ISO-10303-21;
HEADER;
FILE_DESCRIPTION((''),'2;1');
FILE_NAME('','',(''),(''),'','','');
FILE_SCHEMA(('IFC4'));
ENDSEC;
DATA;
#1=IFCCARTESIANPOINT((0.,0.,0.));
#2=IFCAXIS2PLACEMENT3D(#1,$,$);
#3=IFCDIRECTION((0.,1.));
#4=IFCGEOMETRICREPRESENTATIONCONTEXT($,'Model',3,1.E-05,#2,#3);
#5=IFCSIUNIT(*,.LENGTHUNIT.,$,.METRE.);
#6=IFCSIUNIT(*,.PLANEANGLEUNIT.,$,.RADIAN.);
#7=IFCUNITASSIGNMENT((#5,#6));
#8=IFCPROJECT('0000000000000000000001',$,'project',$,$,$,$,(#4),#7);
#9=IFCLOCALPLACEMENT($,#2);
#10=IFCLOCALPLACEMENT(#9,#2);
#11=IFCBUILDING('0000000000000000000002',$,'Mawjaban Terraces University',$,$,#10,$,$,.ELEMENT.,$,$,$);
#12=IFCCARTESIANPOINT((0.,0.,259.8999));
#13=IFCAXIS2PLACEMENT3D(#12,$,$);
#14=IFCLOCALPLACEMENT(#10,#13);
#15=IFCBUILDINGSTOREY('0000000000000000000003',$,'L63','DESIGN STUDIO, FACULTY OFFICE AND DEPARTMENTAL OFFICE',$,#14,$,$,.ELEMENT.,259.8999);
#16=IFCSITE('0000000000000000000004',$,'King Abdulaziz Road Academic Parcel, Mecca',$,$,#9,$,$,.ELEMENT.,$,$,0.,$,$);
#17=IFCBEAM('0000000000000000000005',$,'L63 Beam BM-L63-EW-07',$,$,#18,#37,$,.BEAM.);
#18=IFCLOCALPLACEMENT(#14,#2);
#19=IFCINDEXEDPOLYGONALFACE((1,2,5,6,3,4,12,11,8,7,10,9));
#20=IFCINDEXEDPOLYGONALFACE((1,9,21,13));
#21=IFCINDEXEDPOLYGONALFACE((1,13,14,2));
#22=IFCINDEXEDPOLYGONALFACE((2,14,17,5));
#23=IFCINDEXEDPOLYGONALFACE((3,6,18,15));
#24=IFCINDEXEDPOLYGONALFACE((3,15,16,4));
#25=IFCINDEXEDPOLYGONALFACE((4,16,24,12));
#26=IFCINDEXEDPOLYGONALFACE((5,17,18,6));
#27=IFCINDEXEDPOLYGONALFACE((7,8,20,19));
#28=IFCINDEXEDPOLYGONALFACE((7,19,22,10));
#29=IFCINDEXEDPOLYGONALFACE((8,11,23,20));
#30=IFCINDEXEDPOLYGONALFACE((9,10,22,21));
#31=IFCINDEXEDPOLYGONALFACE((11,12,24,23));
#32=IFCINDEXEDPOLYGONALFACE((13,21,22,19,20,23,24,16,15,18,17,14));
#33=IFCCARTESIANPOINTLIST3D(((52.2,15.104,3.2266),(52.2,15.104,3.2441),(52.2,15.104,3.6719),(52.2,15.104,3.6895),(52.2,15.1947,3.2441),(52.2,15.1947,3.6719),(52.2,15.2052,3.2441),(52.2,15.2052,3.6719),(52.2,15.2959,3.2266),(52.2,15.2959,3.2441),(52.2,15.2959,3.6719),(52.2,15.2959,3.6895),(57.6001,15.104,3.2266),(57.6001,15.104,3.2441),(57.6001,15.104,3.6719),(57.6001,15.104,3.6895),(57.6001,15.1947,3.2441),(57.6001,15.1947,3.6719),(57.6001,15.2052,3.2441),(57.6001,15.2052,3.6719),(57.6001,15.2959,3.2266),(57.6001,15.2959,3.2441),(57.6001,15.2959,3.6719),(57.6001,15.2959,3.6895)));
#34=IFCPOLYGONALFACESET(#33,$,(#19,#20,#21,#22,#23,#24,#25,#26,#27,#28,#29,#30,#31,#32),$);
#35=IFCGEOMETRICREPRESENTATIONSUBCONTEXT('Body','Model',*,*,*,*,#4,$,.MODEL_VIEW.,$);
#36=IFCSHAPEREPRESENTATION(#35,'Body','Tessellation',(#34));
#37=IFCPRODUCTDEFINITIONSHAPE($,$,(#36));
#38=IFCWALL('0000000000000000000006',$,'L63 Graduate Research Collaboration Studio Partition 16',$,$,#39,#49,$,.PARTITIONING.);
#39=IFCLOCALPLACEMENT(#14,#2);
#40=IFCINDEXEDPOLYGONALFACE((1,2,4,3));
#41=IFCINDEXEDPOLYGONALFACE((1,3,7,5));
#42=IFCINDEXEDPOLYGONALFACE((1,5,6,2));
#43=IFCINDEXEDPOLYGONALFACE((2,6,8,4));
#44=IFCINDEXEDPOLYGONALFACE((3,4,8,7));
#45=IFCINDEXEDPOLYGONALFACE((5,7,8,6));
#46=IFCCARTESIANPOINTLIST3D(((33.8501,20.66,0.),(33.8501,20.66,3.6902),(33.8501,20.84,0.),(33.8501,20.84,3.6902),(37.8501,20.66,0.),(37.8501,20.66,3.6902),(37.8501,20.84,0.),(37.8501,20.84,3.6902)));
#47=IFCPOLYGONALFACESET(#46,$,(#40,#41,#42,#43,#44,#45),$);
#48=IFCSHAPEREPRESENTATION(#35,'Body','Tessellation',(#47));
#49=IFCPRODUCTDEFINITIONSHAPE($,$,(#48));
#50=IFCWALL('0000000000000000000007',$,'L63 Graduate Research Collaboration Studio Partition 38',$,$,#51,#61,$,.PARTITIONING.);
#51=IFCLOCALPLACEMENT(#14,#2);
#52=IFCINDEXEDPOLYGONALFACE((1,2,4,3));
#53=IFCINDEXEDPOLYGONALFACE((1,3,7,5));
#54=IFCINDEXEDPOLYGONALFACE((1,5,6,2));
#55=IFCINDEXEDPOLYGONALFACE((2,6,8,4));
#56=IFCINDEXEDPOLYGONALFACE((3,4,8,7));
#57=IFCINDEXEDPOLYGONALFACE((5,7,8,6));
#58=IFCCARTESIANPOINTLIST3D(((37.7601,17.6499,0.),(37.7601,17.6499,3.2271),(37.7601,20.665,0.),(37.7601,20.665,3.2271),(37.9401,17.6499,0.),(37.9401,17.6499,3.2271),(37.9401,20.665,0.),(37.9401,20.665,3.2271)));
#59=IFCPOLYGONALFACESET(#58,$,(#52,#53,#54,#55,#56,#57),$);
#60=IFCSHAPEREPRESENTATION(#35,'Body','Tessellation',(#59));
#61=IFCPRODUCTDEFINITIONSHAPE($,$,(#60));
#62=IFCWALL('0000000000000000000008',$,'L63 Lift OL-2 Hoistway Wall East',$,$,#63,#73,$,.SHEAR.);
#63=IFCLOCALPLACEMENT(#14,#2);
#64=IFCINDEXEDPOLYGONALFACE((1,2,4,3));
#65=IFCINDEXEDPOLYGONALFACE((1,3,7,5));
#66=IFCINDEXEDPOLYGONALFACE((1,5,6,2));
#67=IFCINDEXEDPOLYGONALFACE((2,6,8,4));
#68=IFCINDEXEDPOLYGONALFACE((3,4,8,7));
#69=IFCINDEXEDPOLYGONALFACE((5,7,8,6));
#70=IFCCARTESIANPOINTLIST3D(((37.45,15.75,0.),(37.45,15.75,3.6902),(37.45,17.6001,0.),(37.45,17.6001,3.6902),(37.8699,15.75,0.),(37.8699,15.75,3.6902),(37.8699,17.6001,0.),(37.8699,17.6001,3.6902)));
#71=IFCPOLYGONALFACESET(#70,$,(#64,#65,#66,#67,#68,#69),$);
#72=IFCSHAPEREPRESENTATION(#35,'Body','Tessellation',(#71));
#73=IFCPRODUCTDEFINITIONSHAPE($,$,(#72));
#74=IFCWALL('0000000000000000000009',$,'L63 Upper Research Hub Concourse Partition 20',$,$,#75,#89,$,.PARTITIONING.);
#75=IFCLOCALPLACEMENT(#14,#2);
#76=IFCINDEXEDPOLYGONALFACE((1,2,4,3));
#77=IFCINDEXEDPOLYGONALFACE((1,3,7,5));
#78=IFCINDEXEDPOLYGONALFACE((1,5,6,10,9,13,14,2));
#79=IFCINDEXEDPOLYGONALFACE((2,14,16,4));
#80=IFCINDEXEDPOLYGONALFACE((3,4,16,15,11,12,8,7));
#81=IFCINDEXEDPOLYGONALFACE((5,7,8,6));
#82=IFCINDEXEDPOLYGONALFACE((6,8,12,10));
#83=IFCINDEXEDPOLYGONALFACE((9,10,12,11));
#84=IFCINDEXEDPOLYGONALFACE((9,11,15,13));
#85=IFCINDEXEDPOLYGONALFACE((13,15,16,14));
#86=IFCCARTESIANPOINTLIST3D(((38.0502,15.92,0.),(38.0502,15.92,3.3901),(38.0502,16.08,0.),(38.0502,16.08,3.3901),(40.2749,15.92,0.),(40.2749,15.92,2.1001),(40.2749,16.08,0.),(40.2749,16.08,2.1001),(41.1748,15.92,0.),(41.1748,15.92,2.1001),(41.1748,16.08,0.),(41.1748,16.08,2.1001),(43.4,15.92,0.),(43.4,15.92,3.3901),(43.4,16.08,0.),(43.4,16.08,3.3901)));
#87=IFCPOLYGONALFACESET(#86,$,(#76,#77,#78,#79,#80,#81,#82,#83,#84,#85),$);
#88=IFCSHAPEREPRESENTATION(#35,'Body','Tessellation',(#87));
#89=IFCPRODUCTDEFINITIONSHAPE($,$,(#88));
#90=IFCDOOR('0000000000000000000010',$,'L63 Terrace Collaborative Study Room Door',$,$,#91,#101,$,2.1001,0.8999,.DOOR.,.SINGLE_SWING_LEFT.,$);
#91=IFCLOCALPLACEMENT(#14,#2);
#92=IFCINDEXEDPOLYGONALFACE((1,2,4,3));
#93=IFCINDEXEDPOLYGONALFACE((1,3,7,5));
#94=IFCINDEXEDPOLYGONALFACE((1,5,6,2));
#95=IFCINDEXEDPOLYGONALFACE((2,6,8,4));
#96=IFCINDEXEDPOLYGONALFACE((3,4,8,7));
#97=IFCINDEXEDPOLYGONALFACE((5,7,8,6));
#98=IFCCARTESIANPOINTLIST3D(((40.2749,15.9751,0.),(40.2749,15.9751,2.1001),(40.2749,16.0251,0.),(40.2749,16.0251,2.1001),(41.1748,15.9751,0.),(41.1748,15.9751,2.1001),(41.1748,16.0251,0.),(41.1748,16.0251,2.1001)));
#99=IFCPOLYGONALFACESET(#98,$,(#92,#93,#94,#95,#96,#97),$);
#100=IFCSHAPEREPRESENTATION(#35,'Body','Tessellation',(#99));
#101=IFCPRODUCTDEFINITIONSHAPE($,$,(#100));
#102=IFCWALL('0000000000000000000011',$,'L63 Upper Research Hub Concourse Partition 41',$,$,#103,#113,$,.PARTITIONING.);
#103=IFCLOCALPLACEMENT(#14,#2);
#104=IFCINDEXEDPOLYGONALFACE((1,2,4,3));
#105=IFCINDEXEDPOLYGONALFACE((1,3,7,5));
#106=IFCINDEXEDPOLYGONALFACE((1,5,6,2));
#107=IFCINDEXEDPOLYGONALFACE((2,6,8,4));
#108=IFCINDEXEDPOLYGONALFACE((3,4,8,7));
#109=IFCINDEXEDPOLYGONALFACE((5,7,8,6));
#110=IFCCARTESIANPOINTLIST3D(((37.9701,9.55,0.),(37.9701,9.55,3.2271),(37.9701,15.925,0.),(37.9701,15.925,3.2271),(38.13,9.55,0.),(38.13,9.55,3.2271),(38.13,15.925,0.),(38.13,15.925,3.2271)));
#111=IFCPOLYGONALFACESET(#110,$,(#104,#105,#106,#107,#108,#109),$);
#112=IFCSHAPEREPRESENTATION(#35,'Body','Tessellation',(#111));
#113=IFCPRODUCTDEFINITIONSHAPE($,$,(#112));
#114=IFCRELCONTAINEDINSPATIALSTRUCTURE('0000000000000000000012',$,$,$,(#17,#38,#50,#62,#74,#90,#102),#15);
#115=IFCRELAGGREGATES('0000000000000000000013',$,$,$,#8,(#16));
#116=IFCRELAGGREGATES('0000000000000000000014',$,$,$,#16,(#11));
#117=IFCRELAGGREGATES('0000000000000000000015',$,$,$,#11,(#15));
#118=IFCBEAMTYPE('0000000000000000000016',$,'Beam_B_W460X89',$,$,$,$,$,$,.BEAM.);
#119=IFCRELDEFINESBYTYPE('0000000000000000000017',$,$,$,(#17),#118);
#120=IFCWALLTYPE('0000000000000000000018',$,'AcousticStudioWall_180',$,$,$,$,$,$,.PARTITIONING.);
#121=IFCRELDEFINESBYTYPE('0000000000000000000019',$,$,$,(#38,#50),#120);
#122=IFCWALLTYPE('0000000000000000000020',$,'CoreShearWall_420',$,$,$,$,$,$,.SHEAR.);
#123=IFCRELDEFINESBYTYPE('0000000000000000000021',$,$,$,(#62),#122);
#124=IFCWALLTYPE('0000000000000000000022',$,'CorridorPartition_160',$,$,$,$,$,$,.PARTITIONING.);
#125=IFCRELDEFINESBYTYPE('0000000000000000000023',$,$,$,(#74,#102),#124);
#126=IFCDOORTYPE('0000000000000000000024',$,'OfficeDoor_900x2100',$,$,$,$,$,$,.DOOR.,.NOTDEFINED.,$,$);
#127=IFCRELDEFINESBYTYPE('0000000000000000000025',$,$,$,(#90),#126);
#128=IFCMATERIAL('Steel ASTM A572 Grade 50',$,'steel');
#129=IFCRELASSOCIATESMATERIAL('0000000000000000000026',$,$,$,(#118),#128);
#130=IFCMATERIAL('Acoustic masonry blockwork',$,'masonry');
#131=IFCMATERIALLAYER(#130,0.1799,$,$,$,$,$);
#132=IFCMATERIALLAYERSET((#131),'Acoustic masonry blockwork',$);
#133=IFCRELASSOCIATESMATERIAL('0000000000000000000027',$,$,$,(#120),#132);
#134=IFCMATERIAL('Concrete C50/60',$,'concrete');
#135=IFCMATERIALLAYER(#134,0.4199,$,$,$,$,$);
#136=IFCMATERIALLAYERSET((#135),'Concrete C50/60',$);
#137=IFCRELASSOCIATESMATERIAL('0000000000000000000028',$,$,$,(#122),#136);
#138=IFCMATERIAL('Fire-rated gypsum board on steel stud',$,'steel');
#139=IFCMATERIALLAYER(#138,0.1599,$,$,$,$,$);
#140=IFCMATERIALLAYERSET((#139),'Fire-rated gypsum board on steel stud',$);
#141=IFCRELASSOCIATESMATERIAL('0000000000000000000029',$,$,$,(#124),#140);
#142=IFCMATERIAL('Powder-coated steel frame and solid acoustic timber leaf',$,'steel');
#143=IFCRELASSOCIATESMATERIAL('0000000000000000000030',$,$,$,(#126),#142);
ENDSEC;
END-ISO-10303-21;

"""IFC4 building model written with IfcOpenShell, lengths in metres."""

from ifc_helpers import new_model, si_unit, direction, frame, frame_2d, origin, origin_2d, place, context, subcontext, project, spatial, rectangle, i_section, extrude, material, layer, layer_set, material_profile, profile_set, type_object, element, fill, save


model = new_model("IFC4")

# Units and contexts
model_context = context("Model", 3, precision=1e-05, world=origin(), true_north=direction((0.0, 1.0)))
body_context = subcontext(model_context, "Body", "Model", "MODEL_VIEW")
ifc_project = project(units=[si_unit("LENGTHUNIT", "METRE"), si_unit("PLANEANGLEUNIT", "RADIAN")], contexts=[model_context])

# Site, building, storey
site_placement = place(None, origin())
site = spatial("IfcSite", under=ifc_project, at=site_placement, Name="King Abdulaziz Road Academic Parcel, Mecca", CompositionType="ELEMENT", RefElevation=0.0)
building_placement = place(site_placement, origin())
building = spatial("IfcBuilding", under=site, at=building_placement, Name="Mawjaban Terraces University", CompositionType="ELEMENT")
storey_placement = place(building_placement, frame((0.0, 0.0, 259.8999)))
storey = spatial("IfcBuildingStorey", under=building, at=storey_placement, Name="L63", Description="DESIGN STUDIO, FACULTY OFFICE AND DEPARTMENTAL OFFICE", CompositionType="ELEMENT", Elevation=259.8999)

# Shared definitions
ifc_material_1 = material(Name="Concrete C50/60", Category="concrete")

# Beam
ifc_material_2 = material(Name="Steel ASTM A572 Grade 50", Category="steel")
ifc_material_profile_1 = material_profile(ifc_material_2, i_section(OverallWidth=0.1919, OverallDepth=0.4629, WebThickness=0.0105, FlangeThickness=0.0176, at=origin_2d()), Name="W460X89")
ifc_profile_set_1 = profile_set([ifc_material_profile_1], Name="Steel ASTM A572 Grade 50")
beam_type_1 = type_object("IfcBeamType", Name="Beam_B_W460X89", PredefinedType="BEAM", material=ifc_profile_set_1)
beam_1_placement = place(storey_placement, frame((52.2, 15.2, 3.458), z_axis=(1.0, 0.0, 0.0), x_axis=(0.0, 1.0, 0.0)))
element("IfcBeam", 1, at=beam_1_placement, inside=storey, type_object=beam_type_1, Name="L63 Beam BM-L63-EW-07", PredefinedType="BEAM", context=body_context, shape_type="SweptSolid", body=[
    extrude(i_section(OverallWidth=0.1919, OverallDepth=0.4629, WebThickness=0.0105, FlangeThickness=0.0176, at=origin_2d()), origin(), (0.0, 0.0, 1.0), 5.4001),
])

# Walls
ifc_material_3 = material(Name="Acoustic masonry blockwork", Category="masonry")
ifc_layer_1 = layer(ifc_material_3, 0.1799)
ifc_layer_set_1 = layer_set([ifc_layer_1], Name="Acoustic masonry blockwork")
wall_type_1 = type_object("IfcWallType", Name="AcousticStudioWall_180", PredefinedType="PARTITIONING", material=ifc_layer_set_1)
wall_1_placement = place(storey_placement, frame((37.8501, 20.75, 0.0), z_axis=(0.0, 0.0, 1.0), x_axis=(-1.0, 0.0, 0.0)))
element("IfcWall", 2, at=wall_1_placement, inside=storey, type_object=wall_type_1, Name="L63 Graduate Research Collaboration Studio Partition 16", PredefinedType="PARTITIONING", context=body_context, shape_type="SweptSolid", body=[
    extrude(rectangle(XDim=4.0, YDim=0.1799, at=frame_2d((2.0, 0.0))), origin(), (0.0, 0.0, 1.0), 3.6902),
])
wall_2_placement = place(storey_placement, frame((37.8501, 17.6499, 0.0), z_axis=(0.0, 0.0, 1.0), x_axis=(0.0, 1.0, 0.0)))
element("IfcWall", 3, at=wall_2_placement, inside=storey, type_object=wall_type_1, Name="L63 Graduate Research Collaboration Studio Partition 38", PredefinedType="PARTITIONING", context=body_context, shape_type="SweptSolid", body=[
    extrude(rectangle(XDim=3.0151, YDim=0.1799, at=frame_2d((1.5076, 0.0))), origin(), (0.0, 0.0, 1.0), 3.2271),
])
ifc_layer_2 = layer(ifc_material_1, 0.4199)
ifc_layer_set_2 = layer_set([ifc_layer_2], Name="Concrete C50/60")
wall_type_2 = type_object("IfcWallType", Name="CoreShearWall_420", PredefinedType="SHEAR", material=ifc_layer_set_2)
wall_3_placement = place(storey_placement, frame((37.6599, 15.75, 0.0), z_axis=(0.0, 0.0, 1.0), x_axis=(0.0, 1.0, 0.0)))
element("IfcWall", 4, at=wall_3_placement, inside=storey, type_object=wall_type_2, Name="L63 Lift OL-2 Hoistway Wall East", PredefinedType="SHEAR", context=body_context, shape_type="SweptSolid", body=[
    extrude(rectangle(XDim=1.8501, YDim=0.4199, at=frame_2d((0.925, 0.0))), origin(), (0.0, 0.0, 1.0), 3.6902),
])

# Wall, opening, door
ifc_material_4 = material(Name="Fire-rated gypsum board on steel stud", Category="steel")
ifc_layer_3 = layer(ifc_material_4, 0.1599)
ifc_layer_set_3 = layer_set([ifc_layer_3], Name="Fire-rated gypsum board on steel stud")
wall_type_3 = type_object("IfcWallType", Name="CorridorPartition_160", PredefinedType="PARTITIONING", material=ifc_layer_set_3)
wall_4_placement = place(storey_placement, frame((43.3999, 16.0, 0.0), z_axis=(0.0, 0.0, 1.0), x_axis=(-1.0, 0.0, 0.0)))
wall_4 = element("IfcWall", 5, at=wall_4_placement, inside=storey, type_object=wall_type_3, Name="L63 Upper Research Hub Concourse Partition 20", PredefinedType="PARTITIONING", context=body_context, shape_type="SweptSolid", body=[
    extrude(rectangle(XDim=5.3499, YDim=0.1599, at=frame_2d((2.6748, 0.0))), origin(), (0.0, 0.0, 1.0), 3.3901),
])
opening_1_placement = place(wall_4_placement, frame((2.2251, 0.0, 0.0)))
opening_1 = element("IfcOpeningElement", 6, at=opening_1_placement, cuts=wall_4, PredefinedType="OPENING", context=body_context, shape_type="SweptSolid", body=[
    extrude(rectangle(XDim=0.8999, YDim=2.1001, at=frame_2d((0.45, 1.05))), frame((0.0, 0.0898, 0.0), z_axis=(0.0, -1.0, 0.0), x_axis=(1.0, 0.0, 0.0)), (0.0, 0.0, 1.0), 0.1799),
])
ifc_material_5 = material(Name="Powder-coated steel frame and solid acoustic timber leaf", Category="steel")
door_type_1 = type_object("IfcDoorType", Name="OfficeDoor_900x2100", OperationType="NOTDEFINED", PredefinedType="DOOR", material=ifc_material_5)
door_1_placement = place(opening_1_placement, origin())
door_1 = element("IfcDoor", 7, at=door_1_placement, inside=storey, type_object=door_type_1, Name="L63 Terrace Collaborative Study Room Door", OperationType="SINGLE_SWING_LEFT", OverallHeight=2.1001, OverallWidth=0.8999, PredefinedType="DOOR", context=body_context, shape_type="SweptSolid", body=[
    extrude(rectangle(XDim=0.8999, YDim=2.1001, at=frame_2d((0.45, 1.05))), frame((0.0, 0.0249, 0.0), z_axis=(0.0, -1.0, 0.0), x_axis=(1.0, 0.0, 0.0)), (0.0, 0.0, 1.0), 0.05),
])
fill(opening_1, door_1)

# Wall
wall_5_placement = place(storey_placement, frame((38.05, 15.925, 0.0), z_axis=(0.0, 0.0, 1.0), x_axis=(0.0, -1.0, 0.0)))
element("IfcWall", 8, at=wall_5_placement, inside=storey, type_object=wall_type_3, Name="L63 Upper Research Hub Concourse Partition 41", PredefinedType="PARTITIONING", context=body_context, shape_type="SweptSolid", body=[
    extrude(rectangle(XDim=6.375, YDim=0.1599, at=frame_2d((3.1875, 0.0))), origin(), (0.0, 0.0, 1.0), 3.2271),
])

save(model, "model.ifc")
